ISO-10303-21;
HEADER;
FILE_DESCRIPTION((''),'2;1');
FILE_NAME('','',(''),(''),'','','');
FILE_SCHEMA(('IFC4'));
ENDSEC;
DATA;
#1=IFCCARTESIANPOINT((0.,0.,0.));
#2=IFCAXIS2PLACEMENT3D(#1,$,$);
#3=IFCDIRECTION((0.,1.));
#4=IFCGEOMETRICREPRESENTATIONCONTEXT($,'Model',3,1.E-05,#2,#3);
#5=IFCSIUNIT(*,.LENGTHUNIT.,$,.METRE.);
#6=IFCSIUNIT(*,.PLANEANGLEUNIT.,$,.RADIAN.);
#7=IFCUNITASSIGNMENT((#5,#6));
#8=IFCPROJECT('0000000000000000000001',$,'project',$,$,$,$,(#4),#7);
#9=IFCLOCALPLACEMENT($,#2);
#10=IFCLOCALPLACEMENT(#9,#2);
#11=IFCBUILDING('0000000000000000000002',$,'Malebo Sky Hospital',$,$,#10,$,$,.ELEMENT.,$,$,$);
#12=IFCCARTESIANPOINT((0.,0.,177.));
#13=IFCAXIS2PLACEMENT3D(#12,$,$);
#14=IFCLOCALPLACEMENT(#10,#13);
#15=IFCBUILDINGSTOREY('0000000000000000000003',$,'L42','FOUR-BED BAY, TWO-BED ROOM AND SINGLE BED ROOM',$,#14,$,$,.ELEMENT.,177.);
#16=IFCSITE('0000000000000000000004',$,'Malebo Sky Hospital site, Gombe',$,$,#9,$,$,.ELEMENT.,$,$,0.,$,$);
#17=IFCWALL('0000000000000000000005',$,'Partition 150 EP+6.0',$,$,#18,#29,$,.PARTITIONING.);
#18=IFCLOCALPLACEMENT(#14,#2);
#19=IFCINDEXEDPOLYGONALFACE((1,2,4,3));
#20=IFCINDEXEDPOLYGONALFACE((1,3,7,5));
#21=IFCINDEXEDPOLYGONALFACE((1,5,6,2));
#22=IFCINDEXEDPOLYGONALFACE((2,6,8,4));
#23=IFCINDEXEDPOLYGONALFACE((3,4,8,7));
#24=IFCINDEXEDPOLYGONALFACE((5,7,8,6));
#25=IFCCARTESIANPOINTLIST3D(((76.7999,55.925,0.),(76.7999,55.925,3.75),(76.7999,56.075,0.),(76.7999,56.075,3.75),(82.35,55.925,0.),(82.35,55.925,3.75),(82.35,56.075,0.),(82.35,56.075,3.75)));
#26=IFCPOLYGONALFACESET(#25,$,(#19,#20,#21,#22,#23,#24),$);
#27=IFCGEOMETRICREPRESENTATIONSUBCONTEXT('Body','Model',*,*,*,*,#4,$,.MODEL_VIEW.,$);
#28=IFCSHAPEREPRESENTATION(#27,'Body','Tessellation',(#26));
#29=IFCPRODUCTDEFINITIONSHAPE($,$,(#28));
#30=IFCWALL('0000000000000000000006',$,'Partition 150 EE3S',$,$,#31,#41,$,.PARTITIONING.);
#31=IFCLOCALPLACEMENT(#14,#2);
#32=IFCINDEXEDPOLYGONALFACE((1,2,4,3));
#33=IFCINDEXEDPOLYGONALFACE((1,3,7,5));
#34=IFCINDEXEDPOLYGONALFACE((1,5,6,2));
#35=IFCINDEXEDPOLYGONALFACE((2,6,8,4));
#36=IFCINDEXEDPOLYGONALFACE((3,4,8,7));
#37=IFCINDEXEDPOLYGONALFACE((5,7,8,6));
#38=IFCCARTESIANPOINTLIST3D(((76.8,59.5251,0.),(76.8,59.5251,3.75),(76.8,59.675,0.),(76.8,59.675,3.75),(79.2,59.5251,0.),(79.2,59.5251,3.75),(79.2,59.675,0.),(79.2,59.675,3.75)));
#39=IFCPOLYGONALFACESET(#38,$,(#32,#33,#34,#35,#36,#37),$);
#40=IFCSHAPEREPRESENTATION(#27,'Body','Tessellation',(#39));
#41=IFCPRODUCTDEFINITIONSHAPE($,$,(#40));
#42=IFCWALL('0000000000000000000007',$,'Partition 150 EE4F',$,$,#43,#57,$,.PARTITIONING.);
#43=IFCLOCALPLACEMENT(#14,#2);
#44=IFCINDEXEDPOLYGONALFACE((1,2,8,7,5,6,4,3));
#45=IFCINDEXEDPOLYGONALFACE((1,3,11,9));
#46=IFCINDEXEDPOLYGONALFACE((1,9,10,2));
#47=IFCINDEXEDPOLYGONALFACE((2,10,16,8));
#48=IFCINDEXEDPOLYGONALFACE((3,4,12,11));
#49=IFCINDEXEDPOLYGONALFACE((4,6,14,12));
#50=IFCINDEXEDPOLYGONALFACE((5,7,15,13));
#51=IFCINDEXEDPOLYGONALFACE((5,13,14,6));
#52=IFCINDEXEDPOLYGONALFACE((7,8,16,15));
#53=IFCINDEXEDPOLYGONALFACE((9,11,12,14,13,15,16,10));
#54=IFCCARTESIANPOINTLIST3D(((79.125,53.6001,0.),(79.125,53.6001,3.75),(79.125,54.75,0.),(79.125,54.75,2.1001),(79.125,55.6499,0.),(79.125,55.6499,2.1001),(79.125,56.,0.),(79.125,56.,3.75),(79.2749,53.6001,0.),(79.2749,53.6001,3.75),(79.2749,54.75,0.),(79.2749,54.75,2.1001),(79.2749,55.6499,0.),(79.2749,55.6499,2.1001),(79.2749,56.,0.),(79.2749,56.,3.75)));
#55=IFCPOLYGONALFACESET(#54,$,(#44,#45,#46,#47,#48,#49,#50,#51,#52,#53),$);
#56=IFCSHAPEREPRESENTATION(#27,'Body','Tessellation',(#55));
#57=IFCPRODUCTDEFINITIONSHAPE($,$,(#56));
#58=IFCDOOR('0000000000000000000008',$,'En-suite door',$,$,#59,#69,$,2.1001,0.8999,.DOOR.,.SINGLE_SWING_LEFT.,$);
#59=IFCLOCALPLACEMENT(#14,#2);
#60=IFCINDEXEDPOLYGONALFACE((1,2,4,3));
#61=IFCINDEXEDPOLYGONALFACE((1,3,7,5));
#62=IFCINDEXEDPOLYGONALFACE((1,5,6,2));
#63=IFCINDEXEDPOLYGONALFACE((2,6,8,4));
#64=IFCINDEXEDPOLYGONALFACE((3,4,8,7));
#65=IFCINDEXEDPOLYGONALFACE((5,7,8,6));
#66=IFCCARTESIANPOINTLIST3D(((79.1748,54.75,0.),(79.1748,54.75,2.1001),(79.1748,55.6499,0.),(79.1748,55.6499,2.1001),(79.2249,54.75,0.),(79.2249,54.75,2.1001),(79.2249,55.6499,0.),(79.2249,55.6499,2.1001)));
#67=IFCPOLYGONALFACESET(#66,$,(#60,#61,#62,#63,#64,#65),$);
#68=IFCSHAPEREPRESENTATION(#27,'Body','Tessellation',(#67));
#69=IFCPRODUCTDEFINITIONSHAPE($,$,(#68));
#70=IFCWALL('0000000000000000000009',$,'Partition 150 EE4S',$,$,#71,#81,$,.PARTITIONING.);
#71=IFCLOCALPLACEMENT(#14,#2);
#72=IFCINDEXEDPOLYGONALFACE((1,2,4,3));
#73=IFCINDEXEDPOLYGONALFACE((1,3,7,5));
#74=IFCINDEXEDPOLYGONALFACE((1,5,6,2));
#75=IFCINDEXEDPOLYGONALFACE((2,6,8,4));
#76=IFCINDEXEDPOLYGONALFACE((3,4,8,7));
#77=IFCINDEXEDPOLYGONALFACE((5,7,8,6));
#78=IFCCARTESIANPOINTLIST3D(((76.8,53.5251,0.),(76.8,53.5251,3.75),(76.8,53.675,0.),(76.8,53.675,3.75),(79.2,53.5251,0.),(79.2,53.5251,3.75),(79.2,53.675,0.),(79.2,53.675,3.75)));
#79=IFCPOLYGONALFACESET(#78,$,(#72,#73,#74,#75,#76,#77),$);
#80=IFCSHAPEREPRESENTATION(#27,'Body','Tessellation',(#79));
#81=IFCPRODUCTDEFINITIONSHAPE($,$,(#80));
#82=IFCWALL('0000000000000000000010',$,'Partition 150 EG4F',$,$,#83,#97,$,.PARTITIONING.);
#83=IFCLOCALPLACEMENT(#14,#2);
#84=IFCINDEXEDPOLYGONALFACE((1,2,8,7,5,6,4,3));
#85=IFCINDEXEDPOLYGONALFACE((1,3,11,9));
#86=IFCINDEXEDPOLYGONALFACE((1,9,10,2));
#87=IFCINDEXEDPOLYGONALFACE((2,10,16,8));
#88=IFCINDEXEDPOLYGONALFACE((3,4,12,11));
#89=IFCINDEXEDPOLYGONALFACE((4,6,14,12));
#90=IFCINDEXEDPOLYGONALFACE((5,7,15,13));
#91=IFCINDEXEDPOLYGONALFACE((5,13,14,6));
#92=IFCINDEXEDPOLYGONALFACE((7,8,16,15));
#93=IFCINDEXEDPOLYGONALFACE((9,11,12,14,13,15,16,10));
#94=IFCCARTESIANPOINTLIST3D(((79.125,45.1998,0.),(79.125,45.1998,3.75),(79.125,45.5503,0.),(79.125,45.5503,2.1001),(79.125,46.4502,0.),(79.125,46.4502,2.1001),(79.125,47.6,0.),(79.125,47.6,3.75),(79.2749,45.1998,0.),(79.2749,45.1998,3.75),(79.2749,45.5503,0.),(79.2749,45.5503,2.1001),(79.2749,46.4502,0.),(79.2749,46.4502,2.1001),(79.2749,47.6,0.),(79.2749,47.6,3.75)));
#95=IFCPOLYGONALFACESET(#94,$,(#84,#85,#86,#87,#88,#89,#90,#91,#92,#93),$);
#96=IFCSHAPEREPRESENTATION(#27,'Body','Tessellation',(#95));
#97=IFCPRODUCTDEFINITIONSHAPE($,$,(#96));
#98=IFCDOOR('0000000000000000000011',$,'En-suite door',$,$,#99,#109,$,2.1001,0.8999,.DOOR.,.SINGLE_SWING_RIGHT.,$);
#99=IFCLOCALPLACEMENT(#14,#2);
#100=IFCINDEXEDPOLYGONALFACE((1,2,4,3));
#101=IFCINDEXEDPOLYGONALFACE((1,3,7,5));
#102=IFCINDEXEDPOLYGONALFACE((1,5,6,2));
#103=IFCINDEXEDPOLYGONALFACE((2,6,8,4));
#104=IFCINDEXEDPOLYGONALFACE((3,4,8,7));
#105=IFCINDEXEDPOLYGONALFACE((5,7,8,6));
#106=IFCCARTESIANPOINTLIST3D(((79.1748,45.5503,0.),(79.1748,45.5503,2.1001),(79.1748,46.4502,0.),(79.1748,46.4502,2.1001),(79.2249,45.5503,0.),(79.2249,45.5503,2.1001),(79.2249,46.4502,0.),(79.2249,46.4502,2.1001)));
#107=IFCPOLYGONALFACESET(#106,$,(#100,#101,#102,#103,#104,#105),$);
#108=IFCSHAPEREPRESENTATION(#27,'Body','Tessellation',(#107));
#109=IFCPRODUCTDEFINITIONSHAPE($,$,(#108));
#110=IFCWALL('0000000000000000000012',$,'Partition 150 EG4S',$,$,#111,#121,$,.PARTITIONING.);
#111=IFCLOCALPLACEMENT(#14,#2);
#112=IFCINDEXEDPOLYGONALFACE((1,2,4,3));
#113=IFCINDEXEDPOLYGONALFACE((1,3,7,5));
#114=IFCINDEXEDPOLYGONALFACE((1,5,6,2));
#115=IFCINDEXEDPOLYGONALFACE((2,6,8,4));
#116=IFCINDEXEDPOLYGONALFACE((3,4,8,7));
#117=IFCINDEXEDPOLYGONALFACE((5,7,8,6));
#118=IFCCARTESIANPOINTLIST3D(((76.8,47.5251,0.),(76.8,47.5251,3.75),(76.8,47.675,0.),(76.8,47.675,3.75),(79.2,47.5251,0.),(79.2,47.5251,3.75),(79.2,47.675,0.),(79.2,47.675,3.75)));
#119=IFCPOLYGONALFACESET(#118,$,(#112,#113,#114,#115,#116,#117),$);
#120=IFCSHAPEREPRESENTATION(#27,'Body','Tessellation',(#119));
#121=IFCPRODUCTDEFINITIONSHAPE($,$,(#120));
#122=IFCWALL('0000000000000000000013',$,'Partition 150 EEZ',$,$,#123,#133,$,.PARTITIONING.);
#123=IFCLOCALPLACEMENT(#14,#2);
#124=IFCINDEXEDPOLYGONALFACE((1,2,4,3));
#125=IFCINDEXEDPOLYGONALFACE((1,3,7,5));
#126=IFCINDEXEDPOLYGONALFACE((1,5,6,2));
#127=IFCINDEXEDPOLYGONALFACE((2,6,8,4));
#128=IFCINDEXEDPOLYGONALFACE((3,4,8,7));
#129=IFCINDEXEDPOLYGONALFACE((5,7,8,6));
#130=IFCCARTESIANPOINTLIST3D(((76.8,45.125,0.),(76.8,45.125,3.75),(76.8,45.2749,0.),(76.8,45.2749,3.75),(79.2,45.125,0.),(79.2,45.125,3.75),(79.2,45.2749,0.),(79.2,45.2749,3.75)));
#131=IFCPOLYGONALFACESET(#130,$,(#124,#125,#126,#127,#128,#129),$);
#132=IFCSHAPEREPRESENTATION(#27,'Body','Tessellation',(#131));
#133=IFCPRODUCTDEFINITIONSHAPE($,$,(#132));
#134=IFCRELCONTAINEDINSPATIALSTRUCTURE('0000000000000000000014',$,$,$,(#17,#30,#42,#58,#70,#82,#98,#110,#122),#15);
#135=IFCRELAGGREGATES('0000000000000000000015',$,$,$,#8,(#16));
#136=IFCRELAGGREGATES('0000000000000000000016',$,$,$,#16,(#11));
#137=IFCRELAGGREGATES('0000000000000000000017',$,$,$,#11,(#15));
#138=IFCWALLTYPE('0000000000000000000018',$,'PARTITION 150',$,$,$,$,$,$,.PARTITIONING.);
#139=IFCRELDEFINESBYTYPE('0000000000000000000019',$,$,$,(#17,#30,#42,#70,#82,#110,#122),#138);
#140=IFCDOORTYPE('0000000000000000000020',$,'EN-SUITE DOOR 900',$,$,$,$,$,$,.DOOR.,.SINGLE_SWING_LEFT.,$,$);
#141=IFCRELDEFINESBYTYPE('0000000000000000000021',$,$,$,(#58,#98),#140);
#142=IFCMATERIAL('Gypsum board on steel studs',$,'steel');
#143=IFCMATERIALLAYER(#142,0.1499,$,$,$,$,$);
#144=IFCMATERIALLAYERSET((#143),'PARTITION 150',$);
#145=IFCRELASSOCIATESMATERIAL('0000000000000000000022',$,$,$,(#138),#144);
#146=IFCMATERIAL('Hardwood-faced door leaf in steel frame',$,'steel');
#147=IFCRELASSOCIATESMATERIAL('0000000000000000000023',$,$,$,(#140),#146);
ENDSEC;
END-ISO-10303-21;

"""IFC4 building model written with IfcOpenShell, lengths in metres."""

from ifc_helpers import new_model, si_unit, direction, frame, frame_2d, origin, place, context, subcontext, project, spatial, rectangle, extrude, material, layer, layer_set, type_object, element, fill, save


model = new_model("IFC4")

# Units and contexts
model_context = context("Model", 3, precision=1e-05, world=origin(), true_north=direction((0.0, 1.0)))
body_context = subcontext(model_context, "Body", "Model", "MODEL_VIEW")
ifc_project = project(units=[si_unit("LENGTHUNIT", "METRE"), si_unit("PLANEANGLEUNIT", "RADIAN")], contexts=[model_context])

# Site, building, storey
site_placement = place(None, origin())
site = spatial("IfcSite", under=ifc_project, at=site_placement, Name="Malebo Sky Hospital site, Gombe", CompositionType="ELEMENT", RefElevation=0.0)
building_placement = place(site_placement, origin())
building = spatial("IfcBuilding", under=site, at=building_placement, Name="Malebo Sky Hospital", CompositionType="ELEMENT")
storey_placement = place(building_placement, frame((0.0, 0.0, 177.0)))
storey = spatial("IfcBuildingStorey", under=building, at=storey_placement, Name="L42", Description="FOUR-BED BAY, TWO-BED ROOM AND SINGLE BED ROOM", CompositionType="ELEMENT", Elevation=177.0)

# Walls
ifc_material_1 = material(Name="Gypsum board on steel studs", Category="steel")
ifc_layer_1 = layer(ifc_material_1, 0.1499)
ifc_layer_set_1 = layer_set([ifc_layer_1], Name="PARTITION 150")
wall_type_1 = type_object("IfcWallType", Name="PARTITION 150", PredefinedType="PARTITIONING", material=ifc_layer_set_1)
wall_1_placement = place(storey_placement, frame((76.8, 56.0, 0.0), z_axis=(0.0, 0.0, 1.0), x_axis=(1.0, 0.0, 0.0)))
element("IfcWall", 1, at=wall_1_placement, inside=storey, type_object=wall_type_1, Name="Partition 150 EP+6.0", PredefinedType="PARTITIONING", context=body_context, shape_type="SweptSolid", body=[
    extrude(rectangle(XDim=5.55, YDim=0.1499, at=frame_2d((2.7749, 0.0))), origin(), (0.0, 0.0, 1.0), 3.75),
])
wall_2_placement = place(storey_placement, frame((76.8, 59.6001, 0.0), z_axis=(0.0, 0.0, 1.0), x_axis=(1.0, 0.0, 0.0)))
element("IfcWall", 2, at=wall_2_placement, inside=storey, type_object=wall_type_1, Name="Partition 150 EE3S", PredefinedType="PARTITIONING", context=body_context, shape_type="SweptSolid", body=[
    extrude(rectangle(XDim=2.3999, YDim=0.1499, at=frame_2d((1.2, 0.0))), origin(), (0.0, 0.0, 1.0), 3.75),
])

# Wall, opening, door
wall_3_placement = place(storey_placement, frame((79.2, 56.0, 0.0), z_axis=(0.0, 0.0, 1.0), x_axis=(0.0, -1.0, 0.0)))
wall_3 = element("IfcWall", 3, at=wall_3_placement, inside=storey, type_object=wall_type_1, Name="Partition 150 EE4F", PredefinedType="PARTITIONING", context=body_context, shape_type="SweptSolid", body=[
    extrude(rectangle(XDim=2.3999, YDim=0.1499, at=frame_2d((1.2, 0.0))), origin(), (0.0, 0.0, 1.0), 3.75),
])
opening_1_placement = place(wall_3_placement, frame((0.3501, 0.0, 0.0)))
opening_1 = element("IfcOpeningElement", 4, at=opening_1_placement, cuts=wall_3, PredefinedType="OPENING", context=body_context, shape_type="SweptSolid", body=[
    extrude(rectangle(XDim=0.8999, YDim=2.1001, at=frame_2d((0.45, 1.05))), frame((0.0, 0.085, 0.0), z_axis=(0.0, -1.0, 0.0), x_axis=(1.0, 0.0, 0.0)), (0.0, 0.0, 1.0), 0.1699),
])
ifc_material_2 = material(Name="Hardwood-faced door leaf in steel frame", Category="steel")
door_type = type_object("IfcDoorType", Name="EN-SUITE DOOR 900", OperationType="SINGLE_SWING_LEFT", PredefinedType="DOOR", material=ifc_material_2)
door_1_placement = place(opening_1_placement, origin())
door_1 = element("IfcDoor", 5, at=door_1_placement, inside=storey, type_object=door_type, Name="En-suite door", OperationType="SINGLE_SWING_LEFT", OverallHeight=2.1001, OverallWidth=0.8999, PredefinedType="DOOR", context=body_context, shape_type="SweptSolid", body=[
    extrude(rectangle(XDim=0.8999, YDim=2.1001, at=frame_2d((0.45, 1.05))), frame((0.0, 0.0249, 0.0), z_axis=(0.0, -1.0, 0.0), x_axis=(1.0, 0.0, 0.0)), (0.0, 0.0, 1.0), 0.05),
])
fill(opening_1, door_1)

# Wall
wall_4_placement = place(storey_placement, frame((76.8, 53.6001, 0.0), z_axis=(0.0, 0.0, 1.0), x_axis=(1.0, 0.0, 0.0)))
element("IfcWall", 6, at=wall_4_placement, inside=storey, type_object=wall_type_1, Name="Partition 150 EE4S", PredefinedType="PARTITIONING", context=body_context, shape_type="SweptSolid", body=[
    extrude(rectangle(XDim=2.3999, YDim=0.1499, at=frame_2d((1.2, 0.0))), origin(), (0.0, 0.0, 1.0), 3.75),
])

# Wall, opening, door
wall_5_placement = place(storey_placement, frame((79.2, 47.6001, 0.0), z_axis=(0.0, 0.0, 1.0), x_axis=(0.0, -1.0, 0.0)))
wall_5 = element("IfcWall", 7, at=wall_5_placement, inside=storey, type_object=wall_type_1, Name="Partition 150 EG4F", PredefinedType="PARTITIONING", context=body_context, shape_type="SweptSolid", body=[
    extrude(rectangle(XDim=2.4001, YDim=0.1499, at=frame_2d((1.2002, 0.0))), origin(), (0.0, 0.0, 1.0), 3.75),
])
opening_2_placement = place(wall_5_placement, frame((1.1499, 0.0, 0.0)))
opening_2 = element("IfcOpeningElement", 8, at=opening_2_placement, cuts=wall_5, PredefinedType="OPENING", context=body_context, shape_type="SweptSolid", body=[
    extrude(rectangle(XDim=0.8999, YDim=2.1001, at=frame_2d((0.45, 1.05))), frame((0.0, 0.085, 0.0), z_axis=(0.0, -1.0, 0.0), x_axis=(1.0, 0.0, 0.0)), (0.0, 0.0, 1.0), 0.1699),
])
door_2_placement = place(opening_2_placement, origin())
door_2 = element("IfcDoor", 9, at=door_2_placement, inside=storey, type_object=door_type, Name="En-suite door", OperationType="SINGLE_SWING_RIGHT", OverallHeight=2.1001, OverallWidth=0.8999, PredefinedType="DOOR", context=body_context, shape_type="SweptSolid", body=[
    extrude(rectangle(XDim=0.8999, YDim=2.1001, at=frame_2d((0.45, 1.05))), frame((0.0, 0.0249, 0.0), z_axis=(0.0, -1.0, 0.0), x_axis=(1.0, 0.0, 0.0)), (0.0, 0.0, 1.0), 0.05),
])
fill(opening_2, door_2)

# Walls
for number, where, z_axis, x_axis, name in (
    (10, (76.8, 47.6001, 0.0), (0.0, 0.0, 1.0), (1.0, 0.0, 0.0), "Partition 150 EG4S"),
    (11, (76.8, 45.2, 0.0), (0.0, 0.0, 1.0), (1.0, 0.0, 0.0), "Partition 150 EEZ"),
):
    element("IfcWall", number, at=place(storey_placement, frame(where, z_axis=z_axis, x_axis=x_axis)), inside=storey, type_object=wall_type_1, Name=name, PredefinedType="PARTITIONING", context=body_context, shape_type="SweptSolid", body=[
        extrude(rectangle(XDim=2.3999, YDim=0.1499, at=frame_2d((1.2, 0.0))), origin(), (0.0, 0.0, 1.0), 3.75),
    ])

save(model, "model.ifc")
